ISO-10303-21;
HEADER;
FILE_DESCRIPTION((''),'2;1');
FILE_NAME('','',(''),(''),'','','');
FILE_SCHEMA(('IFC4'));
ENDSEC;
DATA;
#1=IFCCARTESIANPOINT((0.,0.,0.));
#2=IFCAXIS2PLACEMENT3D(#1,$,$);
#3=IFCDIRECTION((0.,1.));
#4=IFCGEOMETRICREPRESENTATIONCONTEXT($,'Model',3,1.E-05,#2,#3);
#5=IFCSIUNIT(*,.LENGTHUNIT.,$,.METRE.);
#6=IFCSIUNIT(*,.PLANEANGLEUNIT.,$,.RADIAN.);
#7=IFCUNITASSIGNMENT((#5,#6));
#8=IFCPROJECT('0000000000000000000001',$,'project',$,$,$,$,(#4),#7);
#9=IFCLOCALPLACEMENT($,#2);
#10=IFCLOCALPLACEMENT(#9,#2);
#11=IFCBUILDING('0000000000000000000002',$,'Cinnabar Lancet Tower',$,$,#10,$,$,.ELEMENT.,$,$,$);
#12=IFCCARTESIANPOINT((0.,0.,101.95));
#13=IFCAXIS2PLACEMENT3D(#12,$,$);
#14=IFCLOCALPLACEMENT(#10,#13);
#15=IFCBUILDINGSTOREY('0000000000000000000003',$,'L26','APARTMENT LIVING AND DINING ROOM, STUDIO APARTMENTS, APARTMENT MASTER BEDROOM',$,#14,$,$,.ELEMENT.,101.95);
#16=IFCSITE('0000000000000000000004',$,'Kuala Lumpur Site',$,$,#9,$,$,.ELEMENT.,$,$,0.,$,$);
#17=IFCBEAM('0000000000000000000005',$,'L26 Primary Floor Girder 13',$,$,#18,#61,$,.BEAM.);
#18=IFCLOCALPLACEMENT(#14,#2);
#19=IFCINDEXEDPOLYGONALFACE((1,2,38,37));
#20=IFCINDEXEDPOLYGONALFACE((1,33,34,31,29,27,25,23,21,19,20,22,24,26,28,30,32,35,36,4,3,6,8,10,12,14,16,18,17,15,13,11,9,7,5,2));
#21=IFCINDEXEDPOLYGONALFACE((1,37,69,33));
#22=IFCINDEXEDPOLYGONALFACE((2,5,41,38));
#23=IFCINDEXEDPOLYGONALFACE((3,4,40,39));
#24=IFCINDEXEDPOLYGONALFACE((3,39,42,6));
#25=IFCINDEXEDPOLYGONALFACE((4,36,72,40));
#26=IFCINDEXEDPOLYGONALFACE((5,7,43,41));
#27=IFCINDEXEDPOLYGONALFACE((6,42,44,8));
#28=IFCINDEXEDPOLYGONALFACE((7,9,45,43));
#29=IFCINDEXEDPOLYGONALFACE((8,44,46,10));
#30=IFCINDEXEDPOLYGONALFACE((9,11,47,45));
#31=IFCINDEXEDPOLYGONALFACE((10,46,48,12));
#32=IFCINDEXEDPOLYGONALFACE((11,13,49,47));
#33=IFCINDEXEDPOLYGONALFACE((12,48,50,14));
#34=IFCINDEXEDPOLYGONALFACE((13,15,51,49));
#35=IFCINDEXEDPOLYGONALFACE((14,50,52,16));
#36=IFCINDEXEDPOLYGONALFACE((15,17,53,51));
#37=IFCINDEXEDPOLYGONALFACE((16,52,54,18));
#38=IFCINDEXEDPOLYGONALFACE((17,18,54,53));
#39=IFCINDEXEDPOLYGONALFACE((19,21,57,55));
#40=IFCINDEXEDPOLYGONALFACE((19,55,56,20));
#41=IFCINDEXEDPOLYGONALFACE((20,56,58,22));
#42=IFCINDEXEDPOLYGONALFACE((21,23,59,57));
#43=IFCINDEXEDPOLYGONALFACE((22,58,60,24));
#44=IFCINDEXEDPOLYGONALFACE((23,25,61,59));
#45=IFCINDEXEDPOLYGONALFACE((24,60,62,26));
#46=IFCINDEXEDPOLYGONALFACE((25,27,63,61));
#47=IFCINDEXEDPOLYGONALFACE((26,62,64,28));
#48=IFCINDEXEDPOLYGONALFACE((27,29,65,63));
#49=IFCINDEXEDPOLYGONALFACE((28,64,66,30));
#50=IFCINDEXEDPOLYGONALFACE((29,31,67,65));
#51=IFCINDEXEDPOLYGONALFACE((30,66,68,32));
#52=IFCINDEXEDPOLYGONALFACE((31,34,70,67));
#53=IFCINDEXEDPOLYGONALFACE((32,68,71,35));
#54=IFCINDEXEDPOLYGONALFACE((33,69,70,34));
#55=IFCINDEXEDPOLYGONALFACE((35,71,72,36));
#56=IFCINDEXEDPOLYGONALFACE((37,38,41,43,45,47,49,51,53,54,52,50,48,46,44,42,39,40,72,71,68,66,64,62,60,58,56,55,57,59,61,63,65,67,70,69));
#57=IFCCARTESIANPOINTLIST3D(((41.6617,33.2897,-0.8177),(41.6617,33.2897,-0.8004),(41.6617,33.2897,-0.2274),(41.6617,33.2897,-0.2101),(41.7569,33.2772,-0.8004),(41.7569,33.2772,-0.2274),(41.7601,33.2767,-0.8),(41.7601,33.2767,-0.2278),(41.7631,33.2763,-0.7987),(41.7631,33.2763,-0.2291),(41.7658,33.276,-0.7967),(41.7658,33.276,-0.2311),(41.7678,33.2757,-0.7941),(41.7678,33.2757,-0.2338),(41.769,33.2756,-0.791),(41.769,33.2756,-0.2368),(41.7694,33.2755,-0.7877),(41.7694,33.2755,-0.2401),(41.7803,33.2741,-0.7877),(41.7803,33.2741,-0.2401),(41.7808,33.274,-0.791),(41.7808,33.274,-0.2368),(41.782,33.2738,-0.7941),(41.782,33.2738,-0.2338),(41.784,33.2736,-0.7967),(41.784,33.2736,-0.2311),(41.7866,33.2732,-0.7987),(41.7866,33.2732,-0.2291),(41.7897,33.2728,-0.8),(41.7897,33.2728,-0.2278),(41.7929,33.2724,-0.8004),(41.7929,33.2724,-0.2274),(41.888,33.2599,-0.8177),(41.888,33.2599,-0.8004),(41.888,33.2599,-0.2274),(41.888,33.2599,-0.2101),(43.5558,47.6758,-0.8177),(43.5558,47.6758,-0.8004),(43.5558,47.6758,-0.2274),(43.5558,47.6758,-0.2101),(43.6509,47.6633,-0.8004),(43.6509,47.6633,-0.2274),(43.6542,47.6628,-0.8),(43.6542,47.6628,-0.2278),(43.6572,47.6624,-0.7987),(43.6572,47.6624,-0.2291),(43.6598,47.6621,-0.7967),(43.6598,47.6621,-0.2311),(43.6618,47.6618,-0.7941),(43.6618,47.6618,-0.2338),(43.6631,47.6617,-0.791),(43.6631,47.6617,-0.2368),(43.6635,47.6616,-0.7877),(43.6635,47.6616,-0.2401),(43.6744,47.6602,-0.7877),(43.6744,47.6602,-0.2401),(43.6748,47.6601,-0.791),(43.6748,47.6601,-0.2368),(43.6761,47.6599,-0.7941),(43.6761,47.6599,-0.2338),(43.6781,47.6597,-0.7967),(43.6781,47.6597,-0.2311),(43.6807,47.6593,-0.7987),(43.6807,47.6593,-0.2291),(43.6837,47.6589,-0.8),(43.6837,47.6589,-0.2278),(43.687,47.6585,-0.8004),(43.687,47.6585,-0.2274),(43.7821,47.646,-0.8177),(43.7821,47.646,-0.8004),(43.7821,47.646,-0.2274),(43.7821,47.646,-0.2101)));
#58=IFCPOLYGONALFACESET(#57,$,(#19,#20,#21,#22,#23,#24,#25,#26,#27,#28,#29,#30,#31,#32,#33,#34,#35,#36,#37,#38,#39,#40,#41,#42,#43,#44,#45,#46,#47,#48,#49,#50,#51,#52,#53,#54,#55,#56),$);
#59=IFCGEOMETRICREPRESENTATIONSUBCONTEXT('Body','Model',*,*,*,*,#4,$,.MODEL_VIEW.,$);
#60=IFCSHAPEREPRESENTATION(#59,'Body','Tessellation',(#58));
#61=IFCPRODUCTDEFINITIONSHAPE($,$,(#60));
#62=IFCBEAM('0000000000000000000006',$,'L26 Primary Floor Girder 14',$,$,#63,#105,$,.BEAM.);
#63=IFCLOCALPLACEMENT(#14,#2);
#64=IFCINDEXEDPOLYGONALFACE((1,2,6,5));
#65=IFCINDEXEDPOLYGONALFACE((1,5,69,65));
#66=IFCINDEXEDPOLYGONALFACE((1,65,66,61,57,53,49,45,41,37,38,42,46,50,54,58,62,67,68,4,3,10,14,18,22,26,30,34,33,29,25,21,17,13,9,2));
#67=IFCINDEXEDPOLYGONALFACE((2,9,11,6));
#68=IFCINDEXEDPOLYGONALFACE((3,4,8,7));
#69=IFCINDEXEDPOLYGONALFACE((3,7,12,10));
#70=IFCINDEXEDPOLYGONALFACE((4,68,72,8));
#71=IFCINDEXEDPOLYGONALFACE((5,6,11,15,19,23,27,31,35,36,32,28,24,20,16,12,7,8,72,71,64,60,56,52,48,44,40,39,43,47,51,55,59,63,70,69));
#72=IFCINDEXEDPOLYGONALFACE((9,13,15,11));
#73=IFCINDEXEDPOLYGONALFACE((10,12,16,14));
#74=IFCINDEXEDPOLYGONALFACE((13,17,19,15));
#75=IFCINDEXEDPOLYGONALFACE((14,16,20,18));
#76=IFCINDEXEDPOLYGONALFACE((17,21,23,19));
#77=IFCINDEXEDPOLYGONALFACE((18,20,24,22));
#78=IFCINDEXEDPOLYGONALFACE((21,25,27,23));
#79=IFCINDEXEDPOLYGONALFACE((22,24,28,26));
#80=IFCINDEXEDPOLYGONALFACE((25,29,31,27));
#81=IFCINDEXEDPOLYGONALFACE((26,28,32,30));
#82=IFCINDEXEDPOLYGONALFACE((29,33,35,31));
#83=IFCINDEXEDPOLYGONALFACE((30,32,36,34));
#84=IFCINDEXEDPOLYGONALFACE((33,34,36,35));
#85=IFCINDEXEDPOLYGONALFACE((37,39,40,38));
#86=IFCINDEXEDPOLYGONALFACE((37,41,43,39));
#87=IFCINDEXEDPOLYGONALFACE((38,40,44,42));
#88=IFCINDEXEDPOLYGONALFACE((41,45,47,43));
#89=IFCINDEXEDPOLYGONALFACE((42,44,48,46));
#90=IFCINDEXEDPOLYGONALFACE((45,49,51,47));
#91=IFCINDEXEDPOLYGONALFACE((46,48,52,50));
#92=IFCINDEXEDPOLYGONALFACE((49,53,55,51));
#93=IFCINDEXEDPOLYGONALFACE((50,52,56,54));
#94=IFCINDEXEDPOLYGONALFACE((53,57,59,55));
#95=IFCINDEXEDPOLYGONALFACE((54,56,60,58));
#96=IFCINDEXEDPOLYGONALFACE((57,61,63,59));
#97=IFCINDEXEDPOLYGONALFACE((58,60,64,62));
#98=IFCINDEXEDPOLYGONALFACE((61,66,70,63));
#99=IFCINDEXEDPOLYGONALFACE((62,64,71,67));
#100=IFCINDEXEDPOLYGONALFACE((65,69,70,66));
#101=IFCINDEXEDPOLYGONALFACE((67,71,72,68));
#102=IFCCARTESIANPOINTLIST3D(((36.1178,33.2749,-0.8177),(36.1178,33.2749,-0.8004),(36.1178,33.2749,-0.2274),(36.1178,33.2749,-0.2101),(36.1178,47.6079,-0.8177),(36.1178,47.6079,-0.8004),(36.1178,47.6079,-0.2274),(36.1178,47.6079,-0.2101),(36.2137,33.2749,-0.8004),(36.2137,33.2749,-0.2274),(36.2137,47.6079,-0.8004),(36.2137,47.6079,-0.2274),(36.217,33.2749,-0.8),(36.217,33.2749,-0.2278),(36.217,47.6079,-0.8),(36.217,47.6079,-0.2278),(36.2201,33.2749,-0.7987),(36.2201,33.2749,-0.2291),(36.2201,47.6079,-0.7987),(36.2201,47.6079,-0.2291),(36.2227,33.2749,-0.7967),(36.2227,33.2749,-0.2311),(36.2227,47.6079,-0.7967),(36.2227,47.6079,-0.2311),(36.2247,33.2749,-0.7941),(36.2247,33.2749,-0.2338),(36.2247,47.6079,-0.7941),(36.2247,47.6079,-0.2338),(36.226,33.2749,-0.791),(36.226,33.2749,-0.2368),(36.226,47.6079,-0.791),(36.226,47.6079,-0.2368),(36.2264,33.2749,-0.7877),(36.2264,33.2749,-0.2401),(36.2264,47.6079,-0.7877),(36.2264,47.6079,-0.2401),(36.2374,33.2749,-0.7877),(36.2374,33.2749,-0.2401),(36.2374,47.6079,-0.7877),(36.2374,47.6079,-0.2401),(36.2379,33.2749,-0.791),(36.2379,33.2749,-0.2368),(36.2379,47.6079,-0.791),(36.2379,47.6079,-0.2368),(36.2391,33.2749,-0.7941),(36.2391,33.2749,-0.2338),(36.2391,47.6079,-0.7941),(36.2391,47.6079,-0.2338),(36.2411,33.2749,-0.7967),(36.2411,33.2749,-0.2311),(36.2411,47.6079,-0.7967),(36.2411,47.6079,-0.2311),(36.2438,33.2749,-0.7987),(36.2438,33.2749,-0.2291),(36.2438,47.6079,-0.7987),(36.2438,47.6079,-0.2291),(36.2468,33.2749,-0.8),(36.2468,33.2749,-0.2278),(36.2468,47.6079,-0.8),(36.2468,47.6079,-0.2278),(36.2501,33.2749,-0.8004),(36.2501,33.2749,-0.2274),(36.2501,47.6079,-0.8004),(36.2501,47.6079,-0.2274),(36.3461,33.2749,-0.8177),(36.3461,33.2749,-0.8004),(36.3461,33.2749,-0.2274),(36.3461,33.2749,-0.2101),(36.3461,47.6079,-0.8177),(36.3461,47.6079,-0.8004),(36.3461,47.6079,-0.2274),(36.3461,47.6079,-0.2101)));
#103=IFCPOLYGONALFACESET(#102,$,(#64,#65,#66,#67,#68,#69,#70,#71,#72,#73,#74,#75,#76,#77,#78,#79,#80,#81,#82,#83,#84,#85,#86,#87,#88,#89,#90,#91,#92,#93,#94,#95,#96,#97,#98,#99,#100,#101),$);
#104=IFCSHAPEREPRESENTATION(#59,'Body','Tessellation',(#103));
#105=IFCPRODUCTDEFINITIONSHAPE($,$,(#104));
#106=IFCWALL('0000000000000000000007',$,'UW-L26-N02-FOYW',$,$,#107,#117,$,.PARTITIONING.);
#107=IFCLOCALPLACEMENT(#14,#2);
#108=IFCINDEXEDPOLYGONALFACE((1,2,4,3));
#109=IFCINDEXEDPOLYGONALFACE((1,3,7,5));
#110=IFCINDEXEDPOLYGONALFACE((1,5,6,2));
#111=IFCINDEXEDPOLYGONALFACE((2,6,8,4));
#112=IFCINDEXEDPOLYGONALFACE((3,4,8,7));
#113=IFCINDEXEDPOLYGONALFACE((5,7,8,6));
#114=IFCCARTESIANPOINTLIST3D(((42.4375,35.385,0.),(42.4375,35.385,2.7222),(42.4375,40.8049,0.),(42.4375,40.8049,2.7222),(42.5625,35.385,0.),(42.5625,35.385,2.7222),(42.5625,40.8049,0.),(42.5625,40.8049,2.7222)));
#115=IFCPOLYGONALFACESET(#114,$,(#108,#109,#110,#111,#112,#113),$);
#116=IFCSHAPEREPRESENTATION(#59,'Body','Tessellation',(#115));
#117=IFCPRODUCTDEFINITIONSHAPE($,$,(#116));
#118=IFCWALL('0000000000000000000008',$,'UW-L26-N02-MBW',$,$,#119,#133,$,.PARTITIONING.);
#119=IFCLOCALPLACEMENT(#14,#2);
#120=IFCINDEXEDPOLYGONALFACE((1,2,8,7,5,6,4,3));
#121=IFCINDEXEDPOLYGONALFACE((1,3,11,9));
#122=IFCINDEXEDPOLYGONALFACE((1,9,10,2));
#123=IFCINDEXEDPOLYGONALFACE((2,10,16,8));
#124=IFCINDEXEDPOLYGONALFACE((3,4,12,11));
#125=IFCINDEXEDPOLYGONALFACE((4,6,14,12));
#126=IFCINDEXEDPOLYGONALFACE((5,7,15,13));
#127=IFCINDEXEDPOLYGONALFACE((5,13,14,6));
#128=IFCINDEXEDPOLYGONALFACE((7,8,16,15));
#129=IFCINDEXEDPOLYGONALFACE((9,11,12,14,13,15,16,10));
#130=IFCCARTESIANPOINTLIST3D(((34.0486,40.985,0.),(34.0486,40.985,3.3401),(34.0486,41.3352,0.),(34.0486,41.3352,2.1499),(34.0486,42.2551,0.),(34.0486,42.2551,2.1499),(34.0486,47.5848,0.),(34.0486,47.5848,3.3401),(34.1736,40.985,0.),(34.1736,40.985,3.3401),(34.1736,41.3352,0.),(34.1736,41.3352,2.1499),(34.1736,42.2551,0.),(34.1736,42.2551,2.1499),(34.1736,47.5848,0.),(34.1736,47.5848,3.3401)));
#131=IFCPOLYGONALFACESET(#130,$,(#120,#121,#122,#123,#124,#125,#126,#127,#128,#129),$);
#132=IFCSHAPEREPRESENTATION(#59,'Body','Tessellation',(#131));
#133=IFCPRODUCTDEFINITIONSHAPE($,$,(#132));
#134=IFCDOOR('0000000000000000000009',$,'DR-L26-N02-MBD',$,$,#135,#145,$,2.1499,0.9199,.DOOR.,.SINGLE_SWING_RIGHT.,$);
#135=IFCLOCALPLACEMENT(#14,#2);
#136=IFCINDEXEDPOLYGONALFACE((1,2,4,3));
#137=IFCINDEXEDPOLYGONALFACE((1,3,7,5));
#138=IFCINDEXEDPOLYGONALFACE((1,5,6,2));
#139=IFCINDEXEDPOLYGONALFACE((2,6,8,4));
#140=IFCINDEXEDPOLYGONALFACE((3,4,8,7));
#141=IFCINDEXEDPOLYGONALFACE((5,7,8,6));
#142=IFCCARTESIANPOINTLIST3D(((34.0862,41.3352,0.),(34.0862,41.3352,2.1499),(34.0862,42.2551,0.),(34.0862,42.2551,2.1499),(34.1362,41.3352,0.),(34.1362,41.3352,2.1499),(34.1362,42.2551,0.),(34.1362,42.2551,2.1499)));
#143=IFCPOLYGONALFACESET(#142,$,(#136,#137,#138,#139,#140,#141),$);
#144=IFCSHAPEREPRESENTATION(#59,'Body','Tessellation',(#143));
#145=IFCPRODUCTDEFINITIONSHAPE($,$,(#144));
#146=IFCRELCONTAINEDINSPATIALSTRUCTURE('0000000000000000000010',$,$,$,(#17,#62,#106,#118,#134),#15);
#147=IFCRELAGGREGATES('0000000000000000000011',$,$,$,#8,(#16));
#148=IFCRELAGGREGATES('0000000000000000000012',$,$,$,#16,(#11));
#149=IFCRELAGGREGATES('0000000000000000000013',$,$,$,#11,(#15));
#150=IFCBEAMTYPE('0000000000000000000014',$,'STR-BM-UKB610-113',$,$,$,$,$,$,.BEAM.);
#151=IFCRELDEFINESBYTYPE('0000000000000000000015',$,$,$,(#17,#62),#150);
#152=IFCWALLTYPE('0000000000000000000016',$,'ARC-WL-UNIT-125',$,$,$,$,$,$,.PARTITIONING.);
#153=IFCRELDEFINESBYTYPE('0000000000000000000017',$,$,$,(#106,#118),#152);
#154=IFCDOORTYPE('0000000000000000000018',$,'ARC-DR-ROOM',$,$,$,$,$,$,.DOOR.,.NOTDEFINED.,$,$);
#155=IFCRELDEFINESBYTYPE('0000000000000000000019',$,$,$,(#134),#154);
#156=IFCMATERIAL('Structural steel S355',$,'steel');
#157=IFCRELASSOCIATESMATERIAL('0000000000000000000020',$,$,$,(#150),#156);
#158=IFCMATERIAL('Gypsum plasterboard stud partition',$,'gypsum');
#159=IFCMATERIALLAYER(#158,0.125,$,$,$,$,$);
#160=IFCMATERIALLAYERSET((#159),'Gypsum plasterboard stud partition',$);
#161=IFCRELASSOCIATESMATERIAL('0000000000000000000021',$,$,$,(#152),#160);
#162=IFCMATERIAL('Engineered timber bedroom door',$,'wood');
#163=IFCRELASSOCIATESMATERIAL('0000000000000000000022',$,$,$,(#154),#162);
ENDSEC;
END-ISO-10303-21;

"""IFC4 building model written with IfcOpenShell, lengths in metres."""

from ifc_helpers import new_model, si_unit, direction, frame, frame_2d, origin, origin_2d, place, context, subcontext, project, spatial, rectangle, i_section, extrude, material, layer, layer_set, material_profile, profile_set, type_object, element, fill, save


model = new_model("IFC4")

# Units and contexts
model_context = context("Model", 3, precision=1e-05, world=origin(), true_north=direction((0.0, 1.0)))
body_context = subcontext(model_context, "Body", "Model", "MODEL_VIEW")
ifc_project = project(units=[si_unit("LENGTHUNIT", "METRE"), si_unit("PLANEANGLEUNIT", "RADIAN")], contexts=[model_context])

# Site, building, storey
site_placement = place(None, origin())
site = spatial("IfcSite", under=ifc_project, at=site_placement, Name="Kuala Lumpur Site", CompositionType="ELEMENT", RefElevation=0.0)
building_placement = place(site_placement, origin())
building = spatial("IfcBuilding", under=site, at=building_placement, Name="Cinnabar Lancet Tower", CompositionType="ELEMENT")
storey_placement = place(building_placement, frame((0.0, 0.0, 101.95)))
storey = spatial("IfcBuildingStorey", under=building, at=storey_placement, Name="L26", Description="APARTMENT LIVING AND DINING ROOM, STUDIO APARTMENTS, APARTMENT MASTER BEDROOM", CompositionType="ELEMENT", Elevation=101.95)

# Beams
ifc_material_1 = material(Name="Structural steel S355", Category="steel")
ifc_material_profile_1 = material_profile(ifc_material_1, i_section(OverallWidth=0.2283, OverallDepth=0.6077, WebThickness=0.011, FlangeThickness=0.0173, FilletRadius=0.0127, at=origin_2d()), Name="UKB 610x229x113")
ifc_profile_set_1 = profile_set([ifc_material_profile_1], Name="Structural steel S355")
beam_type_1 = type_object("IfcBeamType", Name="STR-BM-UKB610-113", PredefinedType="BEAM", material=ifc_profile_set_1)
beam_1_placement = place(storey_placement, frame((43.6689, 47.6609, -0.5139), z_axis=(-0.130532, -0.991444, 0.0), x_axis=(0.991444, -0.130532, 0.0)))
element("IfcBeam", 1, at=beam_1_placement, inside=storey, type_object=beam_type_1, Name="L26 Primary Floor Girder 13", PredefinedType="BEAM", context=body_context, shape_type="SweptSolid", body=[
    extrude(i_section(OverallWidth=0.2283, OverallDepth=0.6077, WebThickness=0.011, FlangeThickness=0.0173, FilletRadius=0.0127, at=origin_2d()), origin(), (0.0, 0.0, 1.0), 14.5103),
])
beam_2_placement = place(storey_placement, frame((36.2319, 47.6079, -0.5139), z_axis=(0.0, -1.0, 0.0), x_axis=(1.0, 0.0, 0.0)))
element("IfcBeam", 2, at=beam_2_placement, inside=storey, type_object=beam_type_1, Name="L26 Primary Floor Girder 14", PredefinedType="BEAM", context=body_context, shape_type="SweptSolid", body=[
    extrude(i_section(OverallWidth=0.2283, OverallDepth=0.6077, WebThickness=0.011, FlangeThickness=0.0173, FilletRadius=0.0127, at=origin_2d()), origin(), (0.0, 0.0, 1.0), 14.333),
])

# Wall
ifc_material_2 = material(Name="Gypsum plasterboard stud partition", Category="gypsum")
ifc_layer_1 = layer(ifc_material_2, 0.125)
ifc_layer_set_1 = layer_set([ifc_layer_1], Name="Gypsum plasterboard stud partition")
wall_type_1 = type_object("IfcWallType", Name="ARC-WL-UNIT-125", PredefinedType="PARTITIONING", material=ifc_layer_set_1)
wall_1_placement = place(storey_placement, frame((42.5, 35.385, 0.0), z_axis=(0.0, 0.0, 1.0), x_axis=(0.0, 1.0, 0.0)))
element("IfcWall", 3, at=wall_1_placement, inside=storey, type_object=wall_type_1, Name="UW-L26-N02-FOYW", PredefinedType="PARTITIONING", context=body_context, shape_type="SweptSolid", body=[
    extrude(rectangle(XDim=5.4199, YDim=0.125, at=frame_2d((2.71, 0.0))), origin(), (0.0, 0.0, 1.0), 2.7222),
])

# Wall, opening, door
wall_2_placement = place(storey_placement, frame((34.1111, 40.9851, 0.0), z_axis=(0.0, 0.0, 1.0), x_axis=(0.0, 1.0, 0.0)))
wall_2 = element("IfcWall", 4, at=wall_2_placement, inside=storey, type_object=wall_type_1, Name="UW-L26-N02-MBW", PredefinedType="PARTITIONING", context=body_context, shape_type="SweptSolid", body=[
    extrude(rectangle(XDim=6.5999, YDim=0.125, at=frame_2d((3.2998, 0.0))), origin(), (0.0, 0.0, 1.0), 3.3401),
])
opening_1_placement = place(wall_2_placement, frame((0.3501, 0.0, 0.0)))
opening_1 = element("IfcOpeningElement", 5, at=opening_1_placement, cuts=wall_2, PredefinedType="OPENING", context=body_context, shape_type="SweptSolid", body=[
    extrude(rectangle(XDim=0.9199, YDim=2.1499, at=frame_2d((0.46, 1.075))), frame((0.0, 0.0725, 0.0), z_axis=(0.0, -1.0, 0.0), x_axis=(1.0, 0.0, 0.0)), (0.0, 0.0, 1.0), 0.145),
])
ifc_material_3 = material(Name="Engineered timber bedroom door", Category="wood")
door_type_1 = type_object("IfcDoorType", Name="ARC-DR-ROOM", OperationType="NOTDEFINED", PredefinedType="DOOR", material=ifc_material_3)
door_1_placement = place(opening_1_placement, origin())
door_1 = element("IfcDoor", 6, at=door_1_placement, inside=storey, type_object=door_type_1, Name="DR-L26-N02-MBD", OperationType="SINGLE_SWING_RIGHT", OverallHeight=2.1499, OverallWidth=0.9199, PredefinedType="DOOR", context=body_context, shape_type="SweptSolid", body=[
    extrude(rectangle(XDim=0.9199, YDim=2.1499, at=frame_2d((0.46, 1.075))), frame((0.0, 0.0249, 0.0), z_axis=(0.0, -1.0, 0.0), x_axis=(1.0, 0.0, 0.0)), (0.0, 0.0, 1.0), 0.05),
])
fill(opening_1, door_1)

save(model, "model.ifc")
